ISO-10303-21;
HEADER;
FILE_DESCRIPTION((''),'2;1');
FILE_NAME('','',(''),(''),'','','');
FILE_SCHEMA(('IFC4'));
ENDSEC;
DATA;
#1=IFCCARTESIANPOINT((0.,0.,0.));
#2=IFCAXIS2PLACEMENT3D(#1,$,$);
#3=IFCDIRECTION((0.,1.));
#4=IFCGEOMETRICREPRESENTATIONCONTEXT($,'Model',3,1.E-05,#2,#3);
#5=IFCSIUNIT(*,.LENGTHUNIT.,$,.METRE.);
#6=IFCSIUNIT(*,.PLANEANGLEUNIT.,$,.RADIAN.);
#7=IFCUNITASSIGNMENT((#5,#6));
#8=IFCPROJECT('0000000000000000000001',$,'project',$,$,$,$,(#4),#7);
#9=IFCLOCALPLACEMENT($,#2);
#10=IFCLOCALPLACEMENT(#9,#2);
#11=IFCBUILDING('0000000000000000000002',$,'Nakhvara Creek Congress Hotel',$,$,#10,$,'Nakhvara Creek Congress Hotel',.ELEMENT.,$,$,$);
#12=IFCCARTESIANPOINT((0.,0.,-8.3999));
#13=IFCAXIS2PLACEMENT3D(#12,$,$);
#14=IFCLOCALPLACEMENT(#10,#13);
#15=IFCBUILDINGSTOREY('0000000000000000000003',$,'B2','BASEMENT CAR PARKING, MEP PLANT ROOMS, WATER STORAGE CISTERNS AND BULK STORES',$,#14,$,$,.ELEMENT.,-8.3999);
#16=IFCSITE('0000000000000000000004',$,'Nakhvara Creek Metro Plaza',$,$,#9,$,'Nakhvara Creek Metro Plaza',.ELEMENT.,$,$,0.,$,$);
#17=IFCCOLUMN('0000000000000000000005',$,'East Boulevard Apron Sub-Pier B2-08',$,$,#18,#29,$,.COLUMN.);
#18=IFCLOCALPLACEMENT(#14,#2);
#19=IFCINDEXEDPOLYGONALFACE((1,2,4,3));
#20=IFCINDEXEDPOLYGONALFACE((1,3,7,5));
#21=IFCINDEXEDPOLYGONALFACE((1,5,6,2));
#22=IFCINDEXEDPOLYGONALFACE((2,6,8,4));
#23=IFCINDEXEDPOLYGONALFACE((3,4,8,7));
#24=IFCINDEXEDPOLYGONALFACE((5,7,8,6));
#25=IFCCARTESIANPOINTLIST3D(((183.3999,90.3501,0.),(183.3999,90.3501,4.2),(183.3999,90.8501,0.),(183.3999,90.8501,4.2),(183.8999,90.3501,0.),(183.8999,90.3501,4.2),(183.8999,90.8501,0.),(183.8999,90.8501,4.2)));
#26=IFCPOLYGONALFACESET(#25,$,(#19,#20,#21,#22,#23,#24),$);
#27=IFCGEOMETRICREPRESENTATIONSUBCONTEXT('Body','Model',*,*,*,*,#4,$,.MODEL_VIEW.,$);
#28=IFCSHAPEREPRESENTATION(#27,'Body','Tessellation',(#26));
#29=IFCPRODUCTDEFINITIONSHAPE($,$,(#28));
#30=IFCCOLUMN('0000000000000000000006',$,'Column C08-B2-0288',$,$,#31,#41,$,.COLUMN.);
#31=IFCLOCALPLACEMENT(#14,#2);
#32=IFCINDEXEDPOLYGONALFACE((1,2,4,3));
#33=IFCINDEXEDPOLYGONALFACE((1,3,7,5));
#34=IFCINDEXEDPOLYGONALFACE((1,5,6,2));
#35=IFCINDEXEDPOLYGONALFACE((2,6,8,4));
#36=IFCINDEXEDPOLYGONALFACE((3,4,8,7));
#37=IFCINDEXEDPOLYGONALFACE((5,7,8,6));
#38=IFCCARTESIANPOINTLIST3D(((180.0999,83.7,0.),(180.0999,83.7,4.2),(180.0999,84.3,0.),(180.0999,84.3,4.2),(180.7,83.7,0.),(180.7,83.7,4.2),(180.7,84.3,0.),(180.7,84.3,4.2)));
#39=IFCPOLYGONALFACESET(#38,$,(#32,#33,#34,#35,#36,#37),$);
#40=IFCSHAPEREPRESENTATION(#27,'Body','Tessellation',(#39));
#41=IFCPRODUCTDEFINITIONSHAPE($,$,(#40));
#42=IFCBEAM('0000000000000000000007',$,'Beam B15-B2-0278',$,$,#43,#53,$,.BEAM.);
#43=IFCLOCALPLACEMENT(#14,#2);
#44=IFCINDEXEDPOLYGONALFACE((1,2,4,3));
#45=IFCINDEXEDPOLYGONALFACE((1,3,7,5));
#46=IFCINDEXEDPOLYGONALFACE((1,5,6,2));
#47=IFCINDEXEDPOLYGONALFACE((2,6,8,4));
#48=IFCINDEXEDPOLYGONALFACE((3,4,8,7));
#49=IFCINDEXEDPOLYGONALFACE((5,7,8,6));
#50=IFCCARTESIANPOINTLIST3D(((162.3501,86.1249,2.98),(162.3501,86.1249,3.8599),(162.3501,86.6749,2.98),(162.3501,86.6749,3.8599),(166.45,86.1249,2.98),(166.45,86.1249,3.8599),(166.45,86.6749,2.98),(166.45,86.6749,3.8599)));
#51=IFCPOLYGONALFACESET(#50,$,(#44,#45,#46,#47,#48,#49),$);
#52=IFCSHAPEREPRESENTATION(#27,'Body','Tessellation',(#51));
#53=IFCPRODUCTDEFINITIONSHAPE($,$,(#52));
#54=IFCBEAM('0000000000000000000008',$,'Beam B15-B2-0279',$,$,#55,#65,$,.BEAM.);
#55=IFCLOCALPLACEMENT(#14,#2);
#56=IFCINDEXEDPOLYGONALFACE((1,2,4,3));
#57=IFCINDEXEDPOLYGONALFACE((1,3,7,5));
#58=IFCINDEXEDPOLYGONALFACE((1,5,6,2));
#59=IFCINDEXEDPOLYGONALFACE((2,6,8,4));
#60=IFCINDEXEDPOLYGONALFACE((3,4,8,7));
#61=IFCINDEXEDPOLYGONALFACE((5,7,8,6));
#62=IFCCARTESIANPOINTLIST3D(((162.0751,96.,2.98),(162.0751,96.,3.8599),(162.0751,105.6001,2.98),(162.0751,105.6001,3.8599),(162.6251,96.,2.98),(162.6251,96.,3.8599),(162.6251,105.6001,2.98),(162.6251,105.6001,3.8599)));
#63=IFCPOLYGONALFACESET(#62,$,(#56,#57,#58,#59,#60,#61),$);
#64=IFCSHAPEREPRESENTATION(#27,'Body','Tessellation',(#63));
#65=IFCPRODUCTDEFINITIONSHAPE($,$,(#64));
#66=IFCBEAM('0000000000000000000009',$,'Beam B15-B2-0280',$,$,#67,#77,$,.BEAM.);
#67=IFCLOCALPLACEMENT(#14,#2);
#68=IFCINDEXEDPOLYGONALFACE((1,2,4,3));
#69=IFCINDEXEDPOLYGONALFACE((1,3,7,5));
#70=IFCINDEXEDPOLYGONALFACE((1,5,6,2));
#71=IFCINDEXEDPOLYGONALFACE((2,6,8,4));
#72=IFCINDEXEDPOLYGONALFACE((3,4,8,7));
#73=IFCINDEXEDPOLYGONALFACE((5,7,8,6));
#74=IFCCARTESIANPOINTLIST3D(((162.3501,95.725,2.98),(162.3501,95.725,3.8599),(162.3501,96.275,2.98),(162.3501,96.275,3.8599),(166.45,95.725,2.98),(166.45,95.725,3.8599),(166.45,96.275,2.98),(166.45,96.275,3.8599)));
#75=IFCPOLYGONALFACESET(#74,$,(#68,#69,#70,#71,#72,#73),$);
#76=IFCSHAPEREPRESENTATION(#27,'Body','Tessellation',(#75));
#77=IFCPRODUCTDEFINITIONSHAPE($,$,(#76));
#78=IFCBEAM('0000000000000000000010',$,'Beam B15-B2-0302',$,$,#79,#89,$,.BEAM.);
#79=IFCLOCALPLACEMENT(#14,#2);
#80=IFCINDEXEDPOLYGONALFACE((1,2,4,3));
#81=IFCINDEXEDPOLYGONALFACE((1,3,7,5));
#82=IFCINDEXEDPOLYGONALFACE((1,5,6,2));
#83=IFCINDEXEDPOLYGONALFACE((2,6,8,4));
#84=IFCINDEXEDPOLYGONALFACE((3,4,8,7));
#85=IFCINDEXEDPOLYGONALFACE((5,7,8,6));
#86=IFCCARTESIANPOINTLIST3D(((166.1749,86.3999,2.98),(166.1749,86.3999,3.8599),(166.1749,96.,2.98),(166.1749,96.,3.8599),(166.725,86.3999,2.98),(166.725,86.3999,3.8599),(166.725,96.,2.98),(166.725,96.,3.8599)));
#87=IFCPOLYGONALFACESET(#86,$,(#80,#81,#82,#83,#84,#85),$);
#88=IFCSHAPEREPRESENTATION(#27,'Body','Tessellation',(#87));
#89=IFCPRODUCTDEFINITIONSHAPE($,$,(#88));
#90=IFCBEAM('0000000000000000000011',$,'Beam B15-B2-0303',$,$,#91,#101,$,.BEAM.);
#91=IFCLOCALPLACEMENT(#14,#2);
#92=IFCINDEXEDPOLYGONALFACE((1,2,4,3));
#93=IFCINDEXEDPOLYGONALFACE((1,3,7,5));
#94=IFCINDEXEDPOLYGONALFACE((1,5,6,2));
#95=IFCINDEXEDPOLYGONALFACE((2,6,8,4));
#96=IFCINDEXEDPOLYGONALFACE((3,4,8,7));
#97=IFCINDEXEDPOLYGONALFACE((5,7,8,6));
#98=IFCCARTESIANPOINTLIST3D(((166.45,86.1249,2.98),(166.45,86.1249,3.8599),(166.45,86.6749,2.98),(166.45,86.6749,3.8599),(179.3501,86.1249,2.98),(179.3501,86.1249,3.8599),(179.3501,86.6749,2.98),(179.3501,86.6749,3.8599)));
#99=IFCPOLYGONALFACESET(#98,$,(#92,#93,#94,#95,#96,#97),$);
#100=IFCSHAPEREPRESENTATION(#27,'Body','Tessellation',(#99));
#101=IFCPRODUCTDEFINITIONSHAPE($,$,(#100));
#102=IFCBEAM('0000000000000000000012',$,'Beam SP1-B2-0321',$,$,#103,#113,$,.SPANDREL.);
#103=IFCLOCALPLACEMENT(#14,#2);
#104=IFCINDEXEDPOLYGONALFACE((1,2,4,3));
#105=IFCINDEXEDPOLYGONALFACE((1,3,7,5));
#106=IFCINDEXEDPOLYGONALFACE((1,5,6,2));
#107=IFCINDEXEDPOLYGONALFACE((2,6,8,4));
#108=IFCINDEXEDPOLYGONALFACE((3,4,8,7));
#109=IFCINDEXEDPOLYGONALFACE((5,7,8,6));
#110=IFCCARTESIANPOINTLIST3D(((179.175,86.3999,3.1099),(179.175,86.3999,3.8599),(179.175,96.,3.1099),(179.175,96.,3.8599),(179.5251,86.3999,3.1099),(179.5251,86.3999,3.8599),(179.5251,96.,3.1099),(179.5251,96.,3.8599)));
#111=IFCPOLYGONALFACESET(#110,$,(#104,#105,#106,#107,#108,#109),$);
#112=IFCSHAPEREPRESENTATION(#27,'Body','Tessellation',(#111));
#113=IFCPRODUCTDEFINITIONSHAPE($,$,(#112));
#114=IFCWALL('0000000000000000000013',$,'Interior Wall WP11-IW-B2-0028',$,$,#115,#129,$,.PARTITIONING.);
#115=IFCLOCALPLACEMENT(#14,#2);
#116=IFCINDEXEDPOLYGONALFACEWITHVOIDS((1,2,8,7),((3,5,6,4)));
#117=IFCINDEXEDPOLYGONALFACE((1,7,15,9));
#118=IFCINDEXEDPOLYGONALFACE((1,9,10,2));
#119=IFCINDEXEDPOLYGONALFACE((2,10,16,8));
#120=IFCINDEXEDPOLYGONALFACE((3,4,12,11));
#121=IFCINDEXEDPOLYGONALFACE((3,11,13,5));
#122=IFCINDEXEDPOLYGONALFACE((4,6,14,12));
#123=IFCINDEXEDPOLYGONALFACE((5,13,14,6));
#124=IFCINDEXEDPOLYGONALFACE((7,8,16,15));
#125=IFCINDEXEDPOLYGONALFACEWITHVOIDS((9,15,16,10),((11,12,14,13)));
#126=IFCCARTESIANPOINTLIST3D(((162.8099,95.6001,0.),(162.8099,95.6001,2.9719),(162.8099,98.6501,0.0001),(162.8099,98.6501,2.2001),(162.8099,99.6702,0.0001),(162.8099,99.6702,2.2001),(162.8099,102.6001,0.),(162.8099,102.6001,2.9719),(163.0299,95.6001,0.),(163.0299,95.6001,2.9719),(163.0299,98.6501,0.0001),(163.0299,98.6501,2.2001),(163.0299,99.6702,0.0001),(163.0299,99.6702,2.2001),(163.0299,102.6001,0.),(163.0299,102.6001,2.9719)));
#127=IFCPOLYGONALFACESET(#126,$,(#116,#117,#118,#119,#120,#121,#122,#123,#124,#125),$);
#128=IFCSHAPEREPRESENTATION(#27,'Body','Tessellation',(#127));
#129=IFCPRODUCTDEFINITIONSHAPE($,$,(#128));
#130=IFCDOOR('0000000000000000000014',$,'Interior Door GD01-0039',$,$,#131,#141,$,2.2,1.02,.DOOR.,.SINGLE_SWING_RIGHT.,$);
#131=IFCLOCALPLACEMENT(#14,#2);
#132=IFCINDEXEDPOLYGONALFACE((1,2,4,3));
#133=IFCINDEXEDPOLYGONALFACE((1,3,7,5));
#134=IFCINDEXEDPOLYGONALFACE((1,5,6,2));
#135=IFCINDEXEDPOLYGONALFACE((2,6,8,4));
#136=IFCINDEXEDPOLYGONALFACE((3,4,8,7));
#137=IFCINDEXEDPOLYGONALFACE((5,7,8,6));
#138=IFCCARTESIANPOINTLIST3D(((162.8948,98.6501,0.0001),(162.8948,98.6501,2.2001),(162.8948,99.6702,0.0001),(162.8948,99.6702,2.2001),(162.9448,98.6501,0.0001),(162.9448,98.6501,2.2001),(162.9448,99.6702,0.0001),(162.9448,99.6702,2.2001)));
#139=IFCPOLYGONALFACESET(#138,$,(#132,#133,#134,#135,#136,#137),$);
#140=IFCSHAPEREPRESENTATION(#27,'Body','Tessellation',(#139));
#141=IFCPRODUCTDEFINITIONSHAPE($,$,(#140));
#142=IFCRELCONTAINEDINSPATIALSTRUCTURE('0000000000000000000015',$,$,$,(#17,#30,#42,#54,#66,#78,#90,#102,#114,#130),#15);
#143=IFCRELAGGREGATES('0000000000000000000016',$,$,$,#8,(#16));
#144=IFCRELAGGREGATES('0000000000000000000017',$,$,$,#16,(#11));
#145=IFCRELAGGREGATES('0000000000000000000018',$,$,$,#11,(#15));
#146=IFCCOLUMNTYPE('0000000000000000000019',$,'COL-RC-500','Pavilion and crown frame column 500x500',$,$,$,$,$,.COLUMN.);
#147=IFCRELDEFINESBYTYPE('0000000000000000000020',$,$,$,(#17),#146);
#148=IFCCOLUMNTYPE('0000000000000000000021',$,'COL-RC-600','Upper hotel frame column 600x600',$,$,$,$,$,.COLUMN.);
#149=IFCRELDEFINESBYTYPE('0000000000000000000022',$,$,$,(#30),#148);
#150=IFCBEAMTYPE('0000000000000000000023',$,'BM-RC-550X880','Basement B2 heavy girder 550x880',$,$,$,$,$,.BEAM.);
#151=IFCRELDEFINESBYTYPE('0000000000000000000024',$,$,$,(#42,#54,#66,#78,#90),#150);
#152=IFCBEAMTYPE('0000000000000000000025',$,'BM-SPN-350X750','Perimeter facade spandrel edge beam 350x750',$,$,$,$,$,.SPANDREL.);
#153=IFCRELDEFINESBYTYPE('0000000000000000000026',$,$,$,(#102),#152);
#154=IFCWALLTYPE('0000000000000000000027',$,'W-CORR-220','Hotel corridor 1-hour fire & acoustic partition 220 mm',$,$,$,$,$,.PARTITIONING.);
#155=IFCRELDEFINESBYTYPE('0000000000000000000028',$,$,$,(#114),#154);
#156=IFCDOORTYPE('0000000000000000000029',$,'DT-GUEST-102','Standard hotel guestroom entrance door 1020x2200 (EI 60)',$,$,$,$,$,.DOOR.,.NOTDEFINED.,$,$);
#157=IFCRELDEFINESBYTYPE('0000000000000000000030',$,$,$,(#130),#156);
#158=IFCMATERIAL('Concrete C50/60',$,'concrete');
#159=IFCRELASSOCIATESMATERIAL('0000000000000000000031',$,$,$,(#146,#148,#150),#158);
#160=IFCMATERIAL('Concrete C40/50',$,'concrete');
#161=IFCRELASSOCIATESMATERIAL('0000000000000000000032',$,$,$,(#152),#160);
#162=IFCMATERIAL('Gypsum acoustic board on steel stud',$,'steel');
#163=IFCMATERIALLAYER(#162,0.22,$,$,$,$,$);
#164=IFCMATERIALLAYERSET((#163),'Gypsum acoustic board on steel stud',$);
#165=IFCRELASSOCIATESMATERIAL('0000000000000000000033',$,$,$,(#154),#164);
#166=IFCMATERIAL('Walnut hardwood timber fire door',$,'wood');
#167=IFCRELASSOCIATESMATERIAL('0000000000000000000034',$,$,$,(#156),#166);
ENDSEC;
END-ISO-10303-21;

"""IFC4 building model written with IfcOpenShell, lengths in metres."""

from ifc_helpers import new_model, si_unit, direction, frame, frame_2d, origin, origin_2d, place, context, subcontext, project, spatial, rectangle, extrude, material, layer, layer_set, material_profile, profile_set, type_object, element, fill, save


model = new_model("IFC4")

# Units and contexts
model_context = context("Model", 3, precision=1e-05, world=origin(), true_north=direction((0.0, 1.0)))
body_context = subcontext(model_context, "Body", "Model", "MODEL_VIEW")
ifc_project = project(units=[si_unit("LENGTHUNIT", "METRE"), si_unit("PLANEANGLEUNIT", "RADIAN")], contexts=[model_context])

# Site, building, storey
site_placement = place(None, origin())
site = spatial("IfcSite", under=ifc_project, at=site_placement, Name="Nakhvara Creek Metro Plaza", LongName="Nakhvara Creek Metro Plaza", CompositionType="ELEMENT", RefElevation=0.0)
building_placement = place(site_placement, origin())
building = spatial("IfcBuilding", under=site, at=building_placement, Name="Nakhvara Creek Congress Hotel", LongName="Nakhvara Creek Congress Hotel", CompositionType="ELEMENT")
storey_placement = place(building_placement, frame((0.0, 0.0, -8.3999)))
storey = spatial("IfcBuildingStorey", under=building, at=storey_placement, Name="B2", Description="BASEMENT CAR PARKING, MEP PLANT ROOMS, WATER STORAGE CISTERNS AND BULK STORES", CompositionType="ELEMENT", Elevation=-8.3999)

# Shared definitions
ifc_material_1 = material(Name="Concrete C40/50", Category="concrete")

# Columns
ifc_material_2 = material(Name="Concrete C50/60", Category="concrete")
ifc_material_profile_1 = material_profile(ifc_material_2, rectangle(XDim=0.5, YDim=0.5, at=origin_2d()), Name="RC-COL 500x500", Category="LoadBearing")
ifc_profile_set_1 = profile_set([ifc_material_profile_1], Name="Concrete C50/60")
column_type_1 = type_object("IfcColumnType", Name="COL-RC-500", Description="Pavilion and crown frame column 500x500", PredefinedType="COLUMN", material=ifc_profile_set_1)
for number, where, z_axis, x_axis, name in (
    (1, (183.6499, 90.6001, 0.0), (0.0, 0.0, 1.0), (1.0, 0.0, 0.0), "East Boulevard Apron Sub-Pier B2-08"),
):
    element("IfcColumn", number, at=place(storey_placement, frame(where, z_axis=z_axis, x_axis=x_axis)), inside=storey, type_object=column_type_1, Name=name, PredefinedType="COLUMN", context=body_context, shape_type="SweptSolid", body=[
        extrude(rectangle(XDim=0.5, YDim=0.5, at=origin_2d()), origin(), (0.0, 0.0, 1.0), 4.2),
    ])
ifc_material_profile_2 = material_profile(ifc_material_2, rectangle(XDim=0.6001, YDim=0.6001, at=origin_2d()), Name="RC-COL 600x600", Category="LoadBearing")
ifc_profile_set_2 = profile_set([ifc_material_profile_2], Name="Concrete C50/60")
column_type_2 = type_object("IfcColumnType", Name="COL-RC-600", Description="Upper hotel frame column 600x600", PredefinedType="COLUMN", material=ifc_profile_set_2)
column_placement = place(storey_placement, frame((180.3999, 84.0, 0.0), z_axis=(0.0, 0.0, 1.0), x_axis=(1.0, 0.0, 0.0)))
element("IfcColumn", 2, at=column_placement, inside=storey, type_object=column_type_2, Name="Column C08-B2-0288", PredefinedType="COLUMN", context=body_context, shape_type="SweptSolid", body=[
    extrude(rectangle(XDim=0.6001, YDim=0.6001, at=origin_2d()), origin(), (0.0, 0.0, 1.0), 4.2),
])

# Beams
ifc_material_profile_3 = material_profile(ifc_material_2, rectangle(XDim=0.55, YDim=0.8799, at=origin_2d()), Name="RC-BM 550x880", Category="LoadBearing")
ifc_profile_set_3 = profile_set([ifc_material_profile_3], Name="Concrete C50/60")
beam_type_1 = type_object("IfcBeamType", Name="BM-RC-550X880", Description="Basement B2 heavy girder 550x880", PredefinedType="BEAM", material=ifc_profile_set_3)
beam_1_placement = place(storey_placement, frame((162.3501, 86.3999, 3.4199), z_axis=(1.0, 0.0, 0.0), x_axis=(0.0, 1.0, 0.0)))
element("IfcBeam", 3, at=beam_1_placement, inside=storey, type_object=beam_type_1, Name="Beam B15-B2-0278", PredefinedType="BEAM", context=body_context, shape_type="SweptSolid", body=[
    extrude(rectangle(XDim=0.55, YDim=0.8799, at=origin_2d()), origin(), (0.0, 0.0, 1.0), 4.0999),
])
beam_2_placement = place(storey_placement, frame((162.3501, 96.0, 3.4199), z_axis=(0.0, 1.0, 0.0), x_axis=(-1.0, 0.0, 0.0)))
element("IfcBeam", 4, at=beam_2_placement, inside=storey, type_object=beam_type_1, Name="Beam B15-B2-0279", PredefinedType="BEAM", context=body_context, shape_type="SweptSolid", body=[
    extrude(rectangle(XDim=0.55, YDim=0.8799, at=origin_2d()), origin(), (0.0, 0.0, 1.0), 9.6001),
])
beam_3_placement = place(storey_placement, frame((162.3501, 96.0, 3.4199), z_axis=(1.0, 0.0, 0.0), x_axis=(0.0, 1.0, 0.0)))
element("IfcBeam", 5, at=beam_3_placement, inside=storey, type_object=beam_type_1, Name="Beam B15-B2-0280", PredefinedType="BEAM", context=body_context, shape_type="SweptSolid", body=[
    extrude(rectangle(XDim=0.55, YDim=0.8799, at=origin_2d()), origin(), (0.0, 0.0, 1.0), 4.0999),
])
beam_4_placement = place(storey_placement, frame((166.45, 86.3999, 3.4199), z_axis=(0.0, 1.0, 0.0), x_axis=(-1.0, 0.0, 0.0)))
element("IfcBeam", 6, at=beam_4_placement, inside=storey, type_object=beam_type_1, Name="Beam B15-B2-0302", PredefinedType="BEAM", context=body_context, shape_type="SweptSolid", body=[
    extrude(rectangle(XDim=0.55, YDim=0.8799, at=origin_2d()), origin(), (0.0, 0.0, 1.0), 9.6001),
])
beam_5_placement = place(storey_placement, frame((166.45, 86.3999, 3.4199), z_axis=(1.0, 0.0, 0.0), x_axis=(0.0, 1.0, 0.0)))
element("IfcBeam", 7, at=beam_5_placement, inside=storey, type_object=beam_type_1, Name="Beam B15-B2-0303", PredefinedType="BEAM", context=body_context, shape_type="SweptSolid", body=[
    extrude(rectangle(XDim=0.55, YDim=0.8799, at=origin_2d()), origin(), (0.0, 0.0, 1.0), 12.9001),
])
ifc_material_profile_4 = material_profile(ifc_material_1, rectangle(XDim=0.3501, YDim=0.75, at=origin_2d()), Name="RC-SPANDREL 350x750", Category="LoadBearing")
ifc_profile_set_4 = profile_set([ifc_material_profile_4], Name="Concrete C40/50")
beam_type_2 = type_object("IfcBeamType", Name="BM-SPN-350X750", Description="Perimeter facade spandrel edge beam 350x750", PredefinedType="SPANDREL", material=ifc_profile_set_4)
beam_6_placement = place(storey_placement, frame((179.3501, 86.3999, 3.4849), z_axis=(0.0, 1.0, 0.0), x_axis=(-1.0, 0.0, 0.0)))
element("IfcBeam", 8, at=beam_6_placement, inside=storey, type_object=beam_type_2, Name="Beam SP1-B2-0321", PredefinedType="SPANDREL", context=body_context, shape_type="SweptSolid", body=[
    extrude(rectangle(XDim=0.3501, YDim=0.75, at=origin_2d()), origin(), (0.0, 0.0, 1.0), 9.6001),
])

# Wall, opening, door
ifc_material_3 = material(Name="Gypsum acoustic board on steel stud", Category="steel")
ifc_layer = layer(ifc_material_3, 0.22)
ifc_layer_set = layer_set([ifc_layer], Name="Gypsum acoustic board on steel stud")
wall_type = type_object("IfcWallType", Name="W-CORR-220", Description="Hotel corridor 1-hour fire & acoustic partition 220 mm", PredefinedType="PARTITIONING", material=ifc_layer_set)
wall_placement = place(storey_placement, frame((162.9199, 95.6001, 0.0), z_axis=(0.0, 0.0, 1.0), x_axis=(0.0, 1.0, 0.0)))
wall = element("IfcWall", 9, at=wall_placement, inside=storey, type_object=wall_type, Name="Interior Wall WP11-IW-B2-0028", PredefinedType="PARTITIONING", context=body_context, shape_type="SweptSolid", body=[
    extrude(rectangle(XDim=7.0, YDim=0.22, at=frame_2d((3.5, 0.0))), origin(), (0.0, 0.0, 1.0), 2.9719),
])
opening_placement = place(wall_placement, frame((3.05, 0.0, 0.0)))
opening = element("IfcOpeningElement", 10, at=opening_placement, cuts=wall, PredefinedType="OPENING", context=body_context, shape_type="SweptSolid", body=[
    extrude(rectangle(XDim=1.02, YDim=2.2, at=frame_2d((0.51, 1.1001))), frame((0.0, 0.1221, 0.0), z_axis=(0.0, -1.0, 0.0), x_axis=(1.0, 0.0, 0.0)), (0.0, 0.0, 1.0), 0.2439),
])
ifc_material_4 = material(Name="Walnut hardwood timber fire door", Category="wood")
door_type = type_object("IfcDoorType", Name="DT-GUEST-102", Description="Standard hotel guestroom entrance door 1020x2200 (EI 60)", OperationType="NOTDEFINED", PredefinedType="DOOR", material=ifc_material_4)
door_placement = place(opening_placement, frame((1.02, 0.0, 0.0), z_axis=(0.0, 0.0, 1.0), x_axis=(-1.0, 0.0, 0.0)))
door = element("IfcDoor", 11, at=door_placement, inside=storey, type_object=door_type, Name="Interior Door GD01-0039", OperationType="SINGLE_SWING_RIGHT", OverallHeight=2.2, OverallWidth=1.02, PredefinedType="DOOR", context=body_context, shape_type="SweptSolid", body=[
    extrude(rectangle(XDim=1.02, YDim=2.2, at=frame_2d((0.51, 1.1001))), frame((0.0, 0.0249, 0.0), z_axis=(0.0, -1.0, 0.0), x_axis=(1.0, 0.0, 0.0)), (0.0, 0.0, 1.0), 0.05),
])
fill(opening, door)

save(model, "model.ifc")
